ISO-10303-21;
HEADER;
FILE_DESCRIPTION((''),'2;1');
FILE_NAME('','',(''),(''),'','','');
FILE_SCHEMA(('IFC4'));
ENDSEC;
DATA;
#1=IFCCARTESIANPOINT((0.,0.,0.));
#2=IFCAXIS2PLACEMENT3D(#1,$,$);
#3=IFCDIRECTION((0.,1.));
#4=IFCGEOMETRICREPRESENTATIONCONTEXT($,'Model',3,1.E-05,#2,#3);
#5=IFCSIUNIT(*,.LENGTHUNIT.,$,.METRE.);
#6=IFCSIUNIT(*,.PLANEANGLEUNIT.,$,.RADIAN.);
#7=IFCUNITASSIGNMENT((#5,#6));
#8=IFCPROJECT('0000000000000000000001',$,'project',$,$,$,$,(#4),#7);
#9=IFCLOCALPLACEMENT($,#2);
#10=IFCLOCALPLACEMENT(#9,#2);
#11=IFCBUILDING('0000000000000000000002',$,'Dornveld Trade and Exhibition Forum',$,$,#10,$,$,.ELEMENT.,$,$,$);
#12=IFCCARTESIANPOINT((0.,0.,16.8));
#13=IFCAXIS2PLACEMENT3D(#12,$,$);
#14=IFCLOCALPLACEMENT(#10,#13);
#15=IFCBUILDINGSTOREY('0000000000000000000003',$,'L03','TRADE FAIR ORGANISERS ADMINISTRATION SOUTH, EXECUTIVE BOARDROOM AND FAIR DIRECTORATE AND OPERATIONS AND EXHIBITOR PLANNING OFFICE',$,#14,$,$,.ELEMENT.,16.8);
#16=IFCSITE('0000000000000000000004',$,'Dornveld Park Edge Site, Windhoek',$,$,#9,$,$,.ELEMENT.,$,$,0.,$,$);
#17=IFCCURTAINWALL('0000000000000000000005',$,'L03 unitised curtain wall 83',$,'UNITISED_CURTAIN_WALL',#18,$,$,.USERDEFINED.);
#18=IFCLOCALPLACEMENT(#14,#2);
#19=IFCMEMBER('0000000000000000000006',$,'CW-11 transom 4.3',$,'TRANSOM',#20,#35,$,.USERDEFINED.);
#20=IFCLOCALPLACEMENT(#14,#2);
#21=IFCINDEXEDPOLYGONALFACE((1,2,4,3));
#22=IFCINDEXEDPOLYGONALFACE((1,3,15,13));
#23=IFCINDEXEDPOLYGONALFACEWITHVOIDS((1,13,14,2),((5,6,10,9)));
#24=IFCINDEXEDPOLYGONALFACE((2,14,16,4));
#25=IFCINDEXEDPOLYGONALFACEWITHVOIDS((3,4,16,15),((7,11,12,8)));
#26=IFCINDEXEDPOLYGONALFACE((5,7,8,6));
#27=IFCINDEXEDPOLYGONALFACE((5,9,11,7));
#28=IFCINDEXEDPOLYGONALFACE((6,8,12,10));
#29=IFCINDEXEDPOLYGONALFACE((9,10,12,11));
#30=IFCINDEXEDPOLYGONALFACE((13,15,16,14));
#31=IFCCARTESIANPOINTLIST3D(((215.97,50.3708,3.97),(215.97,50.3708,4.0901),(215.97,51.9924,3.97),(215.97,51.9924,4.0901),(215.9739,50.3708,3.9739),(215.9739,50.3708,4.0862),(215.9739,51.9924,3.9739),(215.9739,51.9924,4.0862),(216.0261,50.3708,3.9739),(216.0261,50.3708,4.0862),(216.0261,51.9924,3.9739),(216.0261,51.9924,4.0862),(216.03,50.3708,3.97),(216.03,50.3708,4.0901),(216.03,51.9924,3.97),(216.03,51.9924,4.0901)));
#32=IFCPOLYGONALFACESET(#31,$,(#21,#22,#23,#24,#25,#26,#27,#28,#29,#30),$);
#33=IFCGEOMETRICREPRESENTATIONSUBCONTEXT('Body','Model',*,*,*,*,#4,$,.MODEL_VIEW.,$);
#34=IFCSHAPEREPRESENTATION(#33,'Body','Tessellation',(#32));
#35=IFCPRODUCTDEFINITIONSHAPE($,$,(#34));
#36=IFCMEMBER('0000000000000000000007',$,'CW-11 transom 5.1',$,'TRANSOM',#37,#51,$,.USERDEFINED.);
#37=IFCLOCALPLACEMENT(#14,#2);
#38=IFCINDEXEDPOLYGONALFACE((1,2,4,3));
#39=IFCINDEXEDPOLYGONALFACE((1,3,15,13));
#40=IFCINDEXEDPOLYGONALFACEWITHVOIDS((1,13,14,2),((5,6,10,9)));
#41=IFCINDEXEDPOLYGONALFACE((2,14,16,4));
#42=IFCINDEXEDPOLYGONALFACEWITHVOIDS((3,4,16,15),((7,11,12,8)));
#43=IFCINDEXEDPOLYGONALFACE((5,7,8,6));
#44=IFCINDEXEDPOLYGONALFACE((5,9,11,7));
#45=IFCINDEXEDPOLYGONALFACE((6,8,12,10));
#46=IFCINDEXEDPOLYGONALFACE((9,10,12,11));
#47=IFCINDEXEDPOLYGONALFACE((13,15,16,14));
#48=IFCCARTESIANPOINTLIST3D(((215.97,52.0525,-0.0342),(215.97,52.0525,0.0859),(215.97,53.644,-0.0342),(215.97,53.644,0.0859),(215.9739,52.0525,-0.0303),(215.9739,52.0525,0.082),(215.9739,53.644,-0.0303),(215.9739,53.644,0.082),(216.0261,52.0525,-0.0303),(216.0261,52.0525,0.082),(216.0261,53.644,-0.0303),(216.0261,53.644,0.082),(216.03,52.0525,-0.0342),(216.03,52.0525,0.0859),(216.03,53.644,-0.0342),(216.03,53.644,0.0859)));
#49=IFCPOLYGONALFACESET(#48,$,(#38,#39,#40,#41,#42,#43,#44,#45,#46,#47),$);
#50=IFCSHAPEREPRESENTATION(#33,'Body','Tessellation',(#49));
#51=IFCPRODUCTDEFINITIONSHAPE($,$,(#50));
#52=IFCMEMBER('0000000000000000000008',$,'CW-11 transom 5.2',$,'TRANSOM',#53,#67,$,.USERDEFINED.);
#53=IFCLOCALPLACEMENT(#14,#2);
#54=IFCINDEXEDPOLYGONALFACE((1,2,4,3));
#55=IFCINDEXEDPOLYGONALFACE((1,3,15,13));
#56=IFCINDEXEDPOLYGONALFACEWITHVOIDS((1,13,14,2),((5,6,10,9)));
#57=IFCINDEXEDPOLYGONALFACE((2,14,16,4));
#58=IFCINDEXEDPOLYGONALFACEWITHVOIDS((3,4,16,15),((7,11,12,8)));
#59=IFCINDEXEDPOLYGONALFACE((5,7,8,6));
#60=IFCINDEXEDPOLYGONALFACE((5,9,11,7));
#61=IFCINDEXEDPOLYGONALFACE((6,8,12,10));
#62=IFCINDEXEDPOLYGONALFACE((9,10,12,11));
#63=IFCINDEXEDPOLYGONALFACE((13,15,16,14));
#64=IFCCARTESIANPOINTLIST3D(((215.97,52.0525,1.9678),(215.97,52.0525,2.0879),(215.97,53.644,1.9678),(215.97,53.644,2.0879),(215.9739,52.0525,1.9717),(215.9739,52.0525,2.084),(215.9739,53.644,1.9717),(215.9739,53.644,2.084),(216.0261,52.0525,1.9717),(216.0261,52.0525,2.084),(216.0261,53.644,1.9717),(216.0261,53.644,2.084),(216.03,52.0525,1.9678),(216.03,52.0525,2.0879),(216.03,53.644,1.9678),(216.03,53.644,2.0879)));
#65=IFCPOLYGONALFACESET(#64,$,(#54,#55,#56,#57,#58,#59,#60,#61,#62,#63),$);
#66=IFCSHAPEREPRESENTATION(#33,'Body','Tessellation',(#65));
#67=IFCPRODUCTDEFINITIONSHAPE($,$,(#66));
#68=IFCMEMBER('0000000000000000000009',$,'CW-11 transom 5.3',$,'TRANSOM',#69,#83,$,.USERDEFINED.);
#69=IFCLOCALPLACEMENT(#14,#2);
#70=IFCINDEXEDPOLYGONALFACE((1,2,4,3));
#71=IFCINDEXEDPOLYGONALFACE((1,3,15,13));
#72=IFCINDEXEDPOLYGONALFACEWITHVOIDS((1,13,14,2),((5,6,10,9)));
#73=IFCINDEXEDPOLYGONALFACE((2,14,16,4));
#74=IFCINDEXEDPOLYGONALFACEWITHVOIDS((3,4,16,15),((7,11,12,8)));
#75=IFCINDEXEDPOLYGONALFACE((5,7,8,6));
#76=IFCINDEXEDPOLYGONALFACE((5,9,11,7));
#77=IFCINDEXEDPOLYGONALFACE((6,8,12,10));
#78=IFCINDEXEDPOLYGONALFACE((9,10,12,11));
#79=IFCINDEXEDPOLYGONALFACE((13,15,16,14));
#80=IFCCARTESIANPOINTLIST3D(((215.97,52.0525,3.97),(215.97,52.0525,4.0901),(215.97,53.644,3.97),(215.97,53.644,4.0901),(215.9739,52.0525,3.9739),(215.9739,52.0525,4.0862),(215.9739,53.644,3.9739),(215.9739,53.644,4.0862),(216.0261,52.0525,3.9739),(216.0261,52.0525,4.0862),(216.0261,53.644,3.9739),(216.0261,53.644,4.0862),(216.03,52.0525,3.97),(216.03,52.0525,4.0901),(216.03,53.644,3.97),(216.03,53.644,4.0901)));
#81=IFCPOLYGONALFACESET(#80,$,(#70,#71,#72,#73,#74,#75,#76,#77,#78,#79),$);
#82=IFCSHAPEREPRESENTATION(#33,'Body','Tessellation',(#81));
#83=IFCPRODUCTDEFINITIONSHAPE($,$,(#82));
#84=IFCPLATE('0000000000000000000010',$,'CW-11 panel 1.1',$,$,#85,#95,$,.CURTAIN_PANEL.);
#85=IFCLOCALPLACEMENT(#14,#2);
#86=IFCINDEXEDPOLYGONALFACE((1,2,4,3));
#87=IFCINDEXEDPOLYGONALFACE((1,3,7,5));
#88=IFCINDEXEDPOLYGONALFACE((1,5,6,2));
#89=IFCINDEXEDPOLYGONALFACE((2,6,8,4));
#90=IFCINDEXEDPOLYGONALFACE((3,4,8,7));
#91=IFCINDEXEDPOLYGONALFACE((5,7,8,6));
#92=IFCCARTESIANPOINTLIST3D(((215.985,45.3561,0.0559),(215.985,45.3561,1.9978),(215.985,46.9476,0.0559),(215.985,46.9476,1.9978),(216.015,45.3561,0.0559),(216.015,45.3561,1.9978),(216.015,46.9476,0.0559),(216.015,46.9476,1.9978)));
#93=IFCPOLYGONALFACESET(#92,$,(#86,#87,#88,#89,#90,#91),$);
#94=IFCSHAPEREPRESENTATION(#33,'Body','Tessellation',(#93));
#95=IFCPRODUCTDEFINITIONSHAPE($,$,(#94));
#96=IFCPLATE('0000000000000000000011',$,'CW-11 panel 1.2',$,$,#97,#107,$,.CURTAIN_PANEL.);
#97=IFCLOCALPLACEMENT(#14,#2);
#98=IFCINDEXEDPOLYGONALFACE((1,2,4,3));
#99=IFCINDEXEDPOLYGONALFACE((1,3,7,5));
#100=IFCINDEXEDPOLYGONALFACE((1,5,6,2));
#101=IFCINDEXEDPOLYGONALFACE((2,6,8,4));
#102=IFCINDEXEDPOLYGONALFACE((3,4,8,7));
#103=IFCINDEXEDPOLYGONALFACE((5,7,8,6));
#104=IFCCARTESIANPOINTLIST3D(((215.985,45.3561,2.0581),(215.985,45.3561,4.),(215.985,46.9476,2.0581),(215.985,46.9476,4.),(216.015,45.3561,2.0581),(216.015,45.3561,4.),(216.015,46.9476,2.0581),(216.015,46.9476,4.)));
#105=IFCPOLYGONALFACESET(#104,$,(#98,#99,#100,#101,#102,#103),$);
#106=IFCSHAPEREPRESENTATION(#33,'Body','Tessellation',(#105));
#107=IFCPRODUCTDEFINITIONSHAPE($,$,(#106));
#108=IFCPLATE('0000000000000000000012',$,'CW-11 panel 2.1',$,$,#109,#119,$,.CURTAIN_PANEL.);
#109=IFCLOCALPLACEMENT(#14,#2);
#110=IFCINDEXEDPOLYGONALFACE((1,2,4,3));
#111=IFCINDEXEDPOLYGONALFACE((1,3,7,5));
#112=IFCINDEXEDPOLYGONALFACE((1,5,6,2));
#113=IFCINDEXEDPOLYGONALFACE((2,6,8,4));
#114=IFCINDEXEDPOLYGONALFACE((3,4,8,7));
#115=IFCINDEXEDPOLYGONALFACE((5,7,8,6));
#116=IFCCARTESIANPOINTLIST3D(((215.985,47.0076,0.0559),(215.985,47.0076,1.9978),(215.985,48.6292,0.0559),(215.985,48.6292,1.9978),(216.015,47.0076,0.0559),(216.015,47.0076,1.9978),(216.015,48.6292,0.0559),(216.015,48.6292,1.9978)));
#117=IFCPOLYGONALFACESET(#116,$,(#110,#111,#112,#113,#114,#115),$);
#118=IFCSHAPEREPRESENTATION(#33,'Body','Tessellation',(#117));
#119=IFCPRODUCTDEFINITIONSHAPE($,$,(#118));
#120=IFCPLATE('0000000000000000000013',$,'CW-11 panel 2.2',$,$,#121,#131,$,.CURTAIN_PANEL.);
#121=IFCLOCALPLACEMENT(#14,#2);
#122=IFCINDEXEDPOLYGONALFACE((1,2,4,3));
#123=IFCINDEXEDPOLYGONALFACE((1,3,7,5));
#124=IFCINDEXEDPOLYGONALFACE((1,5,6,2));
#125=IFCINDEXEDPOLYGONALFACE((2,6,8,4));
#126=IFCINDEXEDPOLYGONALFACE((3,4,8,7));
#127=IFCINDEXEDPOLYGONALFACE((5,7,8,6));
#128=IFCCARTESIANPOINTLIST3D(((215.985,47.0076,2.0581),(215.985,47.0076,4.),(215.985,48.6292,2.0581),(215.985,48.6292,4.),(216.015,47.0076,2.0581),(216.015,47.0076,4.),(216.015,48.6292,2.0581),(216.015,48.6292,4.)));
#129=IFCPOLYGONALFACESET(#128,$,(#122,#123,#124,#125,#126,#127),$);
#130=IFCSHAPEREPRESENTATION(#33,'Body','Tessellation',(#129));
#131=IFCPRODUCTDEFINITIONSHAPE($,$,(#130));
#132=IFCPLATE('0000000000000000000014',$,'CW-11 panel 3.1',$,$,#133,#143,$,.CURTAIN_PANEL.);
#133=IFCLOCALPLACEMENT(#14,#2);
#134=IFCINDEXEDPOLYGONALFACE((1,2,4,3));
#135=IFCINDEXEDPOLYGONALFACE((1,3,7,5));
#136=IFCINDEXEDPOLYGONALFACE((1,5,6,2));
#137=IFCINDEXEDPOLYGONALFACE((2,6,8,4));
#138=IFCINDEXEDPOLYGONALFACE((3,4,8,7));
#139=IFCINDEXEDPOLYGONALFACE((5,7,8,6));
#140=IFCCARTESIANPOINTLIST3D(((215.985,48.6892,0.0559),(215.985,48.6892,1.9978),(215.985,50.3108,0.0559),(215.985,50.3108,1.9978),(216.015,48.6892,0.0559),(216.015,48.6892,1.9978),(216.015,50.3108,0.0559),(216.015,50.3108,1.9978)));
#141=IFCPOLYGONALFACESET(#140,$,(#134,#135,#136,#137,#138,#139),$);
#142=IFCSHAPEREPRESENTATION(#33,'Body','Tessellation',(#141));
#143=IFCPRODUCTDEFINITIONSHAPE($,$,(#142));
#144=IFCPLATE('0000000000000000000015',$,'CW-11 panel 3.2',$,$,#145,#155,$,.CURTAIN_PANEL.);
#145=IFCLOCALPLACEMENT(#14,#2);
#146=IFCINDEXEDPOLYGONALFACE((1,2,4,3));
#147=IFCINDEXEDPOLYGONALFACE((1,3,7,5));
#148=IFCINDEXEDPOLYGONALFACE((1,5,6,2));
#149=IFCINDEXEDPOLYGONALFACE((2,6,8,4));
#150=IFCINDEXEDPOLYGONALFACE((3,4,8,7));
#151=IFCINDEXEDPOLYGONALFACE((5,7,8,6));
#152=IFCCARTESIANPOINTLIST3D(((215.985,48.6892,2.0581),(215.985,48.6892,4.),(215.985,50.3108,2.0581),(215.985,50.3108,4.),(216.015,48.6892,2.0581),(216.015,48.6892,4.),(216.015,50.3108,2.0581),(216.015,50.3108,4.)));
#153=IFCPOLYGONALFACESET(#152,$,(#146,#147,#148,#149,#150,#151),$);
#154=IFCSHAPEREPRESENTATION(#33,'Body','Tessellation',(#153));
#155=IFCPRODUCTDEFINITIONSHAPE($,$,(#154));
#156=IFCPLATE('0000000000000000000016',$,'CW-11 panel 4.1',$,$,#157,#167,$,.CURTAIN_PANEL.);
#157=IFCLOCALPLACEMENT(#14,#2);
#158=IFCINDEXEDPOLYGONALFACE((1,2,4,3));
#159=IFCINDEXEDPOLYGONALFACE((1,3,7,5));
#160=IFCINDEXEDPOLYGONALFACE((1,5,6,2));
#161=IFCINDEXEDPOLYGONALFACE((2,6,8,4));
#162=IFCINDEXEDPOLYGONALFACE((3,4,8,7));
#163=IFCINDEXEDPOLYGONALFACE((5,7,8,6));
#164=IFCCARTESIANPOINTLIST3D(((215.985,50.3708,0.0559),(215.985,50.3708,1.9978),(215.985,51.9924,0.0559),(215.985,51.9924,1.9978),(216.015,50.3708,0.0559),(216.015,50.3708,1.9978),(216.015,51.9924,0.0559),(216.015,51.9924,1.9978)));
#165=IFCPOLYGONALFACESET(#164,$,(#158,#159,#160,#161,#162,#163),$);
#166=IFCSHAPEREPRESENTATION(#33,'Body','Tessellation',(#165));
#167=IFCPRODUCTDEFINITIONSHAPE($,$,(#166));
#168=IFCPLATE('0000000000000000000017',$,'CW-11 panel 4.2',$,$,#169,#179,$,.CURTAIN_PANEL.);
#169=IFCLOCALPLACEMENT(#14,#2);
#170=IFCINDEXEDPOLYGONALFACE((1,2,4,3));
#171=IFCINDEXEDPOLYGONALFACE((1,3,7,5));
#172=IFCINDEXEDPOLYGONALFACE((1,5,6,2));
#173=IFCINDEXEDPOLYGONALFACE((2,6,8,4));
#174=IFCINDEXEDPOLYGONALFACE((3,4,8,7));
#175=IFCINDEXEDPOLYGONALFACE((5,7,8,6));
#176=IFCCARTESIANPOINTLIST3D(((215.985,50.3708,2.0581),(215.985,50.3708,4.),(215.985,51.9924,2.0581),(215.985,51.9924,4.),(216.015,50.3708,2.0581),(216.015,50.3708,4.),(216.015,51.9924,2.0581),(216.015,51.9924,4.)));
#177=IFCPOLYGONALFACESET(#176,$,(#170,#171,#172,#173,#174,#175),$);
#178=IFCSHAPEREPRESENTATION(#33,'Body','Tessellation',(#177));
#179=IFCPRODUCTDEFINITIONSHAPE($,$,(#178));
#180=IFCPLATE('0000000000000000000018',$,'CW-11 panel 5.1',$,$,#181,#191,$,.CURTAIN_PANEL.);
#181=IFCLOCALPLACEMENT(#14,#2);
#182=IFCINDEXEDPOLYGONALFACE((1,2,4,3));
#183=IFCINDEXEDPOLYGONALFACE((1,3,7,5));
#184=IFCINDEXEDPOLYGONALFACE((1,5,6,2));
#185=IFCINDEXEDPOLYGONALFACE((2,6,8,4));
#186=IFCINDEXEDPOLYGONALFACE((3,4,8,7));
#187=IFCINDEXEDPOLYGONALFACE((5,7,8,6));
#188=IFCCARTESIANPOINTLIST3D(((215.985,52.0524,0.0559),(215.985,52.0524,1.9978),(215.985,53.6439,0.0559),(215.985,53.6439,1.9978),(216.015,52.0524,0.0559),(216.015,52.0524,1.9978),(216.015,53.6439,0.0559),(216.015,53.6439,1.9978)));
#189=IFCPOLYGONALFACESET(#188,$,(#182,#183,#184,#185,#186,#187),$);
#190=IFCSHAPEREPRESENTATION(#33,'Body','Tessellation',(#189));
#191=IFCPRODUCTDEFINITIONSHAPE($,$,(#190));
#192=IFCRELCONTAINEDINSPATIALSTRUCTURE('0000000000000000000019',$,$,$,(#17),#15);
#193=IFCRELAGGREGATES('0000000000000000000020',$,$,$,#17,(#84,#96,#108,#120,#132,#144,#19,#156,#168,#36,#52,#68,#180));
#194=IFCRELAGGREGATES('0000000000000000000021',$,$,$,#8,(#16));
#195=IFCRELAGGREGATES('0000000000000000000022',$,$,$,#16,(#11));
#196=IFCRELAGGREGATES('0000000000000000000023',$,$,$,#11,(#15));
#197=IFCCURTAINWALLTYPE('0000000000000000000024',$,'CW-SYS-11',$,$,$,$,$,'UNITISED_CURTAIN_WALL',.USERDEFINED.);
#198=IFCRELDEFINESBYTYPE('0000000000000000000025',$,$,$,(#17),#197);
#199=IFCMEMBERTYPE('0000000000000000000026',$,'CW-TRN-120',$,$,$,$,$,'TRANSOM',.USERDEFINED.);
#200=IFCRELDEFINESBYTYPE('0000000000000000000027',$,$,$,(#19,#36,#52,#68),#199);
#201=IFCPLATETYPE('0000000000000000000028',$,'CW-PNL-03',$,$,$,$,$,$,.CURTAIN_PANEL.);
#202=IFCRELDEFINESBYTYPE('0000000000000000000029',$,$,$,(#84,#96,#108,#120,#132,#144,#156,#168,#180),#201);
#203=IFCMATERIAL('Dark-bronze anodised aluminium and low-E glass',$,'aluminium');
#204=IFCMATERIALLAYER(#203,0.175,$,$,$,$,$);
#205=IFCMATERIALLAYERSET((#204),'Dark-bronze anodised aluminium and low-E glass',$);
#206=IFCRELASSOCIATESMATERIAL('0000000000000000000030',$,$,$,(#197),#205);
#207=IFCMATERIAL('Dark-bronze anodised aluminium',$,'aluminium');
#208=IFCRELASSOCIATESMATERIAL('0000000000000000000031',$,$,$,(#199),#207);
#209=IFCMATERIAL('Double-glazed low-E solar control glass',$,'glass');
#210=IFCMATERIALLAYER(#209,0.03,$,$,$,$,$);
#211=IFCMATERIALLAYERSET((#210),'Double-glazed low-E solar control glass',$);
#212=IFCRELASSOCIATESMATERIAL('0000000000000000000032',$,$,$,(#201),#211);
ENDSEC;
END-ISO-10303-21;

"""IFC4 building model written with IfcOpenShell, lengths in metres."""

from ifc_helpers import new_model, si_unit, direction, frame, origin, origin_2d, place, context, subcontext, project, spatial, rectangle, hollow_rectangle, extrude, material, layer, layer_set, material_profile, profile_set, type_object, element, aggregate, save


model = new_model("IFC4")

# Units and contexts
model_context = context("Model", 3, precision=1e-05, world=origin(), true_north=direction((0.0, 1.0)))
body_context = subcontext(model_context, "Body", "Model", "MODEL_VIEW")
ifc_project = project(units=[si_unit("LENGTHUNIT", "METRE"), si_unit("PLANEANGLEUNIT", "RADIAN")], contexts=[model_context])

# Site, building, storey
site_placement = place(None, origin())
site = spatial("IfcSite", under=ifc_project, at=site_placement, Name="Dornveld Park Edge Site, Windhoek", CompositionType="ELEMENT", RefElevation=0.0)
building_placement = place(site_placement, origin())
building = spatial("IfcBuilding", under=site, at=building_placement, Name="Dornveld Trade and Exhibition Forum", CompositionType="ELEMENT")
storey_placement = place(building_placement, frame((0.0, 0.0, 16.8)))
storey = spatial("IfcBuildingStorey", under=building, at=storey_placement, Name="L03", Description="TRADE FAIR ORGANISERS ADMINISTRATION SOUTH, EXECUTIVE BOARDROOM AND FAIR DIRECTORATE AND OPERATIONS AND EXHIBITOR PLANNING OFFICE", CompositionType="ELEMENT", Elevation=16.8)

# Curtain wall, members, plates
ifc_material_1 = material(Name="Dark-bronze anodised aluminium and low-E glass", Category="aluminium")
ifc_layer_1 = layer(ifc_material_1, 0.175)
ifc_layer_set_1 = layer_set([ifc_layer_1], Name="Dark-bronze anodised aluminium and low-E glass")
curtain_wall_type = type_object("IfcCurtainWallType", Name="CW-SYS-11", ElementType="UNITISED_CURTAIN_WALL", PredefinedType="USERDEFINED", material=ifc_layer_set_1)
curtain_wall_placement = place(storey_placement, origin())
curtain_wall = element("IfcCurtainWall", 1, at=curtain_wall_placement, inside=storey, type_object=curtain_wall_type, Name="L03 unitised curtain wall 83", ObjectType="UNITISED_CURTAIN_WALL", PredefinedType="USERDEFINED")
ifc_material_2 = material(Name="Dark-bronze anodised aluminium", Category="aluminium")
ifc_material_profile_1 = material_profile(ifc_material_2, hollow_rectangle(XDim=0.0601, YDim=0.1201, WallThickness=0.0039, at=origin_2d()), Name="RHS 120x60x4")
ifc_profile_set_1 = profile_set([ifc_material_profile_1], Name="Dark-bronze anodised aluminium")
member_type_1 = type_object("IfcMemberType", Name="CW-TRN-120", ElementType="TRANSOM", PredefinedType="USERDEFINED", material=ifc_profile_set_1)
member_1_placement = place(storey_placement, frame((216.0, 50.3708, 4.03), z_axis=(0.0, 1.0, 0.0), x_axis=(-1.0, 0.0, 0.0)))
member_1 = element("IfcMember", 2, at=member_1_placement, type_object=member_type_1, Name="CW-11 transom 4.3", ObjectType="TRANSOM", PredefinedType="USERDEFINED", context=body_context, shape_type="SweptSolid", body=[
    extrude(hollow_rectangle(XDim=0.0601, YDim=0.1201, WallThickness=0.0039, at=origin_2d()), origin(), (0.0, 0.0, 1.0), 1.6216),
])
member_2_placement = place(storey_placement, frame((216.0, 52.0525, 0.0259), z_axis=(0.0, 1.0, 0.0), x_axis=(-1.0, 0.0, 0.0)))
member_2 = element("IfcMember", 3, at=member_2_placement, type_object=member_type_1, Name="CW-11 transom 5.1", ObjectType="TRANSOM", PredefinedType="USERDEFINED", context=body_context, shape_type="SweptSolid", body=[
    extrude(hollow_rectangle(XDim=0.0601, YDim=0.1201, WallThickness=0.0039, at=origin_2d()), origin(), (0.0, 0.0, 1.0), 1.5916),
])
member_3_placement = place(storey_placement, frame((216.0, 52.0525, 2.0278), z_axis=(0.0, 1.0, 0.0), x_axis=(-1.0, 0.0, 0.0)))
member_3 = element("IfcMember", 4, at=member_3_placement, type_object=member_type_1, Name="CW-11 transom 5.2", ObjectType="TRANSOM", PredefinedType="USERDEFINED", context=body_context, shape_type="SweptSolid", body=[
    extrude(hollow_rectangle(XDim=0.0601, YDim=0.1201, WallThickness=0.0039, at=origin_2d()), origin(), (0.0, 0.0, 1.0), 1.5916),
])
member_4_placement = place(storey_placement, frame((216.0, 52.0525, 4.03), z_axis=(0.0, 1.0, 0.0), x_axis=(-1.0, 0.0, 0.0)))
member_4 = element("IfcMember", 5, at=member_4_placement, type_object=member_type_1, Name="CW-11 transom 5.3", ObjectType="TRANSOM", PredefinedType="USERDEFINED", context=body_context, shape_type="SweptSolid", body=[
    extrude(hollow_rectangle(XDim=0.0601, YDim=0.1201, WallThickness=0.0039, at=origin_2d()), origin(), (0.0, 0.0, 1.0), 1.5916),
])
ifc_material_3 = material(Name="Double-glazed low-E solar control glass", Category="glass")
ifc_layer_2 = layer(ifc_material_3, 0.03)
ifc_layer_set_2 = layer_set([ifc_layer_2], Name="Double-glazed low-E solar control glass")
plate_type = type_object("IfcPlateType", Name="CW-PNL-03", PredefinedType="CURTAIN_PANEL", material=ifc_layer_set_2)
plate_1_placement = place(storey_placement, frame((216.0, 46.1519, 0.0559), z_axis=(0.0, 0.0, 1.0), x_axis=(0.0, 1.0, 0.0)))
plate_1 = element("IfcPlate", 6, at=plate_1_placement, type_object=plate_type, Name="CW-11 panel 1.1", PredefinedType="CURTAIN_PANEL", context=body_context, shape_type="SweptSolid", body=[
    extrude(rectangle(XDim=1.5916, YDim=0.03, at=origin_2d()), origin(), (0.0, 0.0, 1.0), 1.9419),
])
plate_2_placement = place(storey_placement, frame((216.0, 46.1519, 2.0581), z_axis=(0.0, 0.0, 1.0), x_axis=(0.0, 1.0, 0.0)))
plate_2 = element("IfcPlate", 7, at=plate_2_placement, type_object=plate_type, Name="CW-11 panel 1.2", PredefinedType="CURTAIN_PANEL", context=body_context, shape_type="SweptSolid", body=[
    extrude(rectangle(XDim=1.5916, YDim=0.03, at=origin_2d()), origin(), (0.0, 0.0, 1.0), 1.9419),
])
plate_3_placement = place(storey_placement, frame((216.0, 47.8184, 0.0559), z_axis=(0.0, 0.0, 1.0), x_axis=(0.0, 1.0, 0.0)))
plate_3 = element("IfcPlate", 8, at=plate_3_placement, type_object=plate_type, Name="CW-11 panel 2.1", PredefinedType="CURTAIN_PANEL", context=body_context, shape_type="SweptSolid", body=[
    extrude(rectangle(XDim=1.6216, YDim=0.03, at=origin_2d()), origin(), (0.0, 0.0, 1.0), 1.9419),
])
plate_4_placement = place(storey_placement, frame((216.0, 47.8184, 2.0581), z_axis=(0.0, 0.0, 1.0), x_axis=(0.0, 1.0, 0.0)))
plate_4 = element("IfcPlate", 9, at=plate_4_placement, type_object=plate_type, Name="CW-11 panel 2.2", PredefinedType="CURTAIN_PANEL", context=body_context, shape_type="SweptSolid", body=[
    extrude(rectangle(XDim=1.6216, YDim=0.03, at=origin_2d()), origin(), (0.0, 0.0, 1.0), 1.9419),
])
plate_5_placement = place(storey_placement, frame((216.0, 49.5, 0.0559), z_axis=(0.0, 0.0, 1.0), x_axis=(0.0, 1.0, 0.0)))
plate_5 = element("IfcPlate", 10, at=plate_5_placement, type_object=plate_type, Name="CW-11 panel 3.1", PredefinedType="CURTAIN_PANEL", context=body_context, shape_type="SweptSolid", body=[
    extrude(rectangle(XDim=1.6216, YDim=0.03, at=origin_2d()), origin(), (0.0, 0.0, 1.0), 1.9419),
])
plate_6_placement = place(storey_placement, frame((216.0, 49.5, 2.0581), z_axis=(0.0, 0.0, 1.0), x_axis=(0.0, 1.0, 0.0)))
plate_6 = element("IfcPlate", 11, at=plate_6_placement, type_object=plate_type, Name="CW-11 panel 3.2", PredefinedType="CURTAIN_PANEL", context=body_context, shape_type="SweptSolid", body=[
    extrude(rectangle(XDim=1.6216, YDim=0.03, at=origin_2d()), origin(), (0.0, 0.0, 1.0), 1.9419),
])
plate_7_placement = place(storey_placement, frame((216.0, 51.1816, 0.0559), z_axis=(0.0, 0.0, 1.0), x_axis=(0.0, 1.0, 0.0)))
plate_7 = element("IfcPlate", 12, at=plate_7_placement, type_object=plate_type, Name="CW-11 panel 4.1", PredefinedType="CURTAIN_PANEL", context=body_context, shape_type="SweptSolid", body=[
    extrude(rectangle(XDim=1.6216, YDim=0.03, at=origin_2d()), origin(), (0.0, 0.0, 1.0), 1.9419),
])
plate_8_placement = place(storey_placement, frame((216.0, 51.1816, 2.0581), z_axis=(0.0, 0.0, 1.0), x_axis=(0.0, 1.0, 0.0)))
plate_8 = element("IfcPlate", 13, at=plate_8_placement, type_object=plate_type, Name="CW-11 panel 4.2", PredefinedType="CURTAIN_PANEL", context=body_context, shape_type="SweptSolid", body=[
    extrude(rectangle(XDim=1.6216, YDim=0.03, at=origin_2d()), origin(), (0.0, 0.0, 1.0), 1.9419),
])
plate_9_placement = place(storey_placement, frame((216.0, 52.8481, 0.0559), z_axis=(0.0, 0.0, 1.0), x_axis=(0.0, 1.0, 0.0)))
plate_9 = element("IfcPlate", 14, at=plate_9_placement, type_object=plate_type, Name="CW-11 panel 5.1", PredefinedType="CURTAIN_PANEL", context=body_context, shape_type="SweptSolid", body=[
    extrude(rectangle(XDim=1.5916, YDim=0.03, at=origin_2d()), origin(), (0.0, 0.0, 1.0), 1.9419),
])
aggregate(curtain_wall, [plate_1, plate_2, plate_3, plate_4, plate_5, plate_6, member_1, plate_7, plate_8, member_2, member_3, member_4, plate_9])

save(model, "model.ifc")
